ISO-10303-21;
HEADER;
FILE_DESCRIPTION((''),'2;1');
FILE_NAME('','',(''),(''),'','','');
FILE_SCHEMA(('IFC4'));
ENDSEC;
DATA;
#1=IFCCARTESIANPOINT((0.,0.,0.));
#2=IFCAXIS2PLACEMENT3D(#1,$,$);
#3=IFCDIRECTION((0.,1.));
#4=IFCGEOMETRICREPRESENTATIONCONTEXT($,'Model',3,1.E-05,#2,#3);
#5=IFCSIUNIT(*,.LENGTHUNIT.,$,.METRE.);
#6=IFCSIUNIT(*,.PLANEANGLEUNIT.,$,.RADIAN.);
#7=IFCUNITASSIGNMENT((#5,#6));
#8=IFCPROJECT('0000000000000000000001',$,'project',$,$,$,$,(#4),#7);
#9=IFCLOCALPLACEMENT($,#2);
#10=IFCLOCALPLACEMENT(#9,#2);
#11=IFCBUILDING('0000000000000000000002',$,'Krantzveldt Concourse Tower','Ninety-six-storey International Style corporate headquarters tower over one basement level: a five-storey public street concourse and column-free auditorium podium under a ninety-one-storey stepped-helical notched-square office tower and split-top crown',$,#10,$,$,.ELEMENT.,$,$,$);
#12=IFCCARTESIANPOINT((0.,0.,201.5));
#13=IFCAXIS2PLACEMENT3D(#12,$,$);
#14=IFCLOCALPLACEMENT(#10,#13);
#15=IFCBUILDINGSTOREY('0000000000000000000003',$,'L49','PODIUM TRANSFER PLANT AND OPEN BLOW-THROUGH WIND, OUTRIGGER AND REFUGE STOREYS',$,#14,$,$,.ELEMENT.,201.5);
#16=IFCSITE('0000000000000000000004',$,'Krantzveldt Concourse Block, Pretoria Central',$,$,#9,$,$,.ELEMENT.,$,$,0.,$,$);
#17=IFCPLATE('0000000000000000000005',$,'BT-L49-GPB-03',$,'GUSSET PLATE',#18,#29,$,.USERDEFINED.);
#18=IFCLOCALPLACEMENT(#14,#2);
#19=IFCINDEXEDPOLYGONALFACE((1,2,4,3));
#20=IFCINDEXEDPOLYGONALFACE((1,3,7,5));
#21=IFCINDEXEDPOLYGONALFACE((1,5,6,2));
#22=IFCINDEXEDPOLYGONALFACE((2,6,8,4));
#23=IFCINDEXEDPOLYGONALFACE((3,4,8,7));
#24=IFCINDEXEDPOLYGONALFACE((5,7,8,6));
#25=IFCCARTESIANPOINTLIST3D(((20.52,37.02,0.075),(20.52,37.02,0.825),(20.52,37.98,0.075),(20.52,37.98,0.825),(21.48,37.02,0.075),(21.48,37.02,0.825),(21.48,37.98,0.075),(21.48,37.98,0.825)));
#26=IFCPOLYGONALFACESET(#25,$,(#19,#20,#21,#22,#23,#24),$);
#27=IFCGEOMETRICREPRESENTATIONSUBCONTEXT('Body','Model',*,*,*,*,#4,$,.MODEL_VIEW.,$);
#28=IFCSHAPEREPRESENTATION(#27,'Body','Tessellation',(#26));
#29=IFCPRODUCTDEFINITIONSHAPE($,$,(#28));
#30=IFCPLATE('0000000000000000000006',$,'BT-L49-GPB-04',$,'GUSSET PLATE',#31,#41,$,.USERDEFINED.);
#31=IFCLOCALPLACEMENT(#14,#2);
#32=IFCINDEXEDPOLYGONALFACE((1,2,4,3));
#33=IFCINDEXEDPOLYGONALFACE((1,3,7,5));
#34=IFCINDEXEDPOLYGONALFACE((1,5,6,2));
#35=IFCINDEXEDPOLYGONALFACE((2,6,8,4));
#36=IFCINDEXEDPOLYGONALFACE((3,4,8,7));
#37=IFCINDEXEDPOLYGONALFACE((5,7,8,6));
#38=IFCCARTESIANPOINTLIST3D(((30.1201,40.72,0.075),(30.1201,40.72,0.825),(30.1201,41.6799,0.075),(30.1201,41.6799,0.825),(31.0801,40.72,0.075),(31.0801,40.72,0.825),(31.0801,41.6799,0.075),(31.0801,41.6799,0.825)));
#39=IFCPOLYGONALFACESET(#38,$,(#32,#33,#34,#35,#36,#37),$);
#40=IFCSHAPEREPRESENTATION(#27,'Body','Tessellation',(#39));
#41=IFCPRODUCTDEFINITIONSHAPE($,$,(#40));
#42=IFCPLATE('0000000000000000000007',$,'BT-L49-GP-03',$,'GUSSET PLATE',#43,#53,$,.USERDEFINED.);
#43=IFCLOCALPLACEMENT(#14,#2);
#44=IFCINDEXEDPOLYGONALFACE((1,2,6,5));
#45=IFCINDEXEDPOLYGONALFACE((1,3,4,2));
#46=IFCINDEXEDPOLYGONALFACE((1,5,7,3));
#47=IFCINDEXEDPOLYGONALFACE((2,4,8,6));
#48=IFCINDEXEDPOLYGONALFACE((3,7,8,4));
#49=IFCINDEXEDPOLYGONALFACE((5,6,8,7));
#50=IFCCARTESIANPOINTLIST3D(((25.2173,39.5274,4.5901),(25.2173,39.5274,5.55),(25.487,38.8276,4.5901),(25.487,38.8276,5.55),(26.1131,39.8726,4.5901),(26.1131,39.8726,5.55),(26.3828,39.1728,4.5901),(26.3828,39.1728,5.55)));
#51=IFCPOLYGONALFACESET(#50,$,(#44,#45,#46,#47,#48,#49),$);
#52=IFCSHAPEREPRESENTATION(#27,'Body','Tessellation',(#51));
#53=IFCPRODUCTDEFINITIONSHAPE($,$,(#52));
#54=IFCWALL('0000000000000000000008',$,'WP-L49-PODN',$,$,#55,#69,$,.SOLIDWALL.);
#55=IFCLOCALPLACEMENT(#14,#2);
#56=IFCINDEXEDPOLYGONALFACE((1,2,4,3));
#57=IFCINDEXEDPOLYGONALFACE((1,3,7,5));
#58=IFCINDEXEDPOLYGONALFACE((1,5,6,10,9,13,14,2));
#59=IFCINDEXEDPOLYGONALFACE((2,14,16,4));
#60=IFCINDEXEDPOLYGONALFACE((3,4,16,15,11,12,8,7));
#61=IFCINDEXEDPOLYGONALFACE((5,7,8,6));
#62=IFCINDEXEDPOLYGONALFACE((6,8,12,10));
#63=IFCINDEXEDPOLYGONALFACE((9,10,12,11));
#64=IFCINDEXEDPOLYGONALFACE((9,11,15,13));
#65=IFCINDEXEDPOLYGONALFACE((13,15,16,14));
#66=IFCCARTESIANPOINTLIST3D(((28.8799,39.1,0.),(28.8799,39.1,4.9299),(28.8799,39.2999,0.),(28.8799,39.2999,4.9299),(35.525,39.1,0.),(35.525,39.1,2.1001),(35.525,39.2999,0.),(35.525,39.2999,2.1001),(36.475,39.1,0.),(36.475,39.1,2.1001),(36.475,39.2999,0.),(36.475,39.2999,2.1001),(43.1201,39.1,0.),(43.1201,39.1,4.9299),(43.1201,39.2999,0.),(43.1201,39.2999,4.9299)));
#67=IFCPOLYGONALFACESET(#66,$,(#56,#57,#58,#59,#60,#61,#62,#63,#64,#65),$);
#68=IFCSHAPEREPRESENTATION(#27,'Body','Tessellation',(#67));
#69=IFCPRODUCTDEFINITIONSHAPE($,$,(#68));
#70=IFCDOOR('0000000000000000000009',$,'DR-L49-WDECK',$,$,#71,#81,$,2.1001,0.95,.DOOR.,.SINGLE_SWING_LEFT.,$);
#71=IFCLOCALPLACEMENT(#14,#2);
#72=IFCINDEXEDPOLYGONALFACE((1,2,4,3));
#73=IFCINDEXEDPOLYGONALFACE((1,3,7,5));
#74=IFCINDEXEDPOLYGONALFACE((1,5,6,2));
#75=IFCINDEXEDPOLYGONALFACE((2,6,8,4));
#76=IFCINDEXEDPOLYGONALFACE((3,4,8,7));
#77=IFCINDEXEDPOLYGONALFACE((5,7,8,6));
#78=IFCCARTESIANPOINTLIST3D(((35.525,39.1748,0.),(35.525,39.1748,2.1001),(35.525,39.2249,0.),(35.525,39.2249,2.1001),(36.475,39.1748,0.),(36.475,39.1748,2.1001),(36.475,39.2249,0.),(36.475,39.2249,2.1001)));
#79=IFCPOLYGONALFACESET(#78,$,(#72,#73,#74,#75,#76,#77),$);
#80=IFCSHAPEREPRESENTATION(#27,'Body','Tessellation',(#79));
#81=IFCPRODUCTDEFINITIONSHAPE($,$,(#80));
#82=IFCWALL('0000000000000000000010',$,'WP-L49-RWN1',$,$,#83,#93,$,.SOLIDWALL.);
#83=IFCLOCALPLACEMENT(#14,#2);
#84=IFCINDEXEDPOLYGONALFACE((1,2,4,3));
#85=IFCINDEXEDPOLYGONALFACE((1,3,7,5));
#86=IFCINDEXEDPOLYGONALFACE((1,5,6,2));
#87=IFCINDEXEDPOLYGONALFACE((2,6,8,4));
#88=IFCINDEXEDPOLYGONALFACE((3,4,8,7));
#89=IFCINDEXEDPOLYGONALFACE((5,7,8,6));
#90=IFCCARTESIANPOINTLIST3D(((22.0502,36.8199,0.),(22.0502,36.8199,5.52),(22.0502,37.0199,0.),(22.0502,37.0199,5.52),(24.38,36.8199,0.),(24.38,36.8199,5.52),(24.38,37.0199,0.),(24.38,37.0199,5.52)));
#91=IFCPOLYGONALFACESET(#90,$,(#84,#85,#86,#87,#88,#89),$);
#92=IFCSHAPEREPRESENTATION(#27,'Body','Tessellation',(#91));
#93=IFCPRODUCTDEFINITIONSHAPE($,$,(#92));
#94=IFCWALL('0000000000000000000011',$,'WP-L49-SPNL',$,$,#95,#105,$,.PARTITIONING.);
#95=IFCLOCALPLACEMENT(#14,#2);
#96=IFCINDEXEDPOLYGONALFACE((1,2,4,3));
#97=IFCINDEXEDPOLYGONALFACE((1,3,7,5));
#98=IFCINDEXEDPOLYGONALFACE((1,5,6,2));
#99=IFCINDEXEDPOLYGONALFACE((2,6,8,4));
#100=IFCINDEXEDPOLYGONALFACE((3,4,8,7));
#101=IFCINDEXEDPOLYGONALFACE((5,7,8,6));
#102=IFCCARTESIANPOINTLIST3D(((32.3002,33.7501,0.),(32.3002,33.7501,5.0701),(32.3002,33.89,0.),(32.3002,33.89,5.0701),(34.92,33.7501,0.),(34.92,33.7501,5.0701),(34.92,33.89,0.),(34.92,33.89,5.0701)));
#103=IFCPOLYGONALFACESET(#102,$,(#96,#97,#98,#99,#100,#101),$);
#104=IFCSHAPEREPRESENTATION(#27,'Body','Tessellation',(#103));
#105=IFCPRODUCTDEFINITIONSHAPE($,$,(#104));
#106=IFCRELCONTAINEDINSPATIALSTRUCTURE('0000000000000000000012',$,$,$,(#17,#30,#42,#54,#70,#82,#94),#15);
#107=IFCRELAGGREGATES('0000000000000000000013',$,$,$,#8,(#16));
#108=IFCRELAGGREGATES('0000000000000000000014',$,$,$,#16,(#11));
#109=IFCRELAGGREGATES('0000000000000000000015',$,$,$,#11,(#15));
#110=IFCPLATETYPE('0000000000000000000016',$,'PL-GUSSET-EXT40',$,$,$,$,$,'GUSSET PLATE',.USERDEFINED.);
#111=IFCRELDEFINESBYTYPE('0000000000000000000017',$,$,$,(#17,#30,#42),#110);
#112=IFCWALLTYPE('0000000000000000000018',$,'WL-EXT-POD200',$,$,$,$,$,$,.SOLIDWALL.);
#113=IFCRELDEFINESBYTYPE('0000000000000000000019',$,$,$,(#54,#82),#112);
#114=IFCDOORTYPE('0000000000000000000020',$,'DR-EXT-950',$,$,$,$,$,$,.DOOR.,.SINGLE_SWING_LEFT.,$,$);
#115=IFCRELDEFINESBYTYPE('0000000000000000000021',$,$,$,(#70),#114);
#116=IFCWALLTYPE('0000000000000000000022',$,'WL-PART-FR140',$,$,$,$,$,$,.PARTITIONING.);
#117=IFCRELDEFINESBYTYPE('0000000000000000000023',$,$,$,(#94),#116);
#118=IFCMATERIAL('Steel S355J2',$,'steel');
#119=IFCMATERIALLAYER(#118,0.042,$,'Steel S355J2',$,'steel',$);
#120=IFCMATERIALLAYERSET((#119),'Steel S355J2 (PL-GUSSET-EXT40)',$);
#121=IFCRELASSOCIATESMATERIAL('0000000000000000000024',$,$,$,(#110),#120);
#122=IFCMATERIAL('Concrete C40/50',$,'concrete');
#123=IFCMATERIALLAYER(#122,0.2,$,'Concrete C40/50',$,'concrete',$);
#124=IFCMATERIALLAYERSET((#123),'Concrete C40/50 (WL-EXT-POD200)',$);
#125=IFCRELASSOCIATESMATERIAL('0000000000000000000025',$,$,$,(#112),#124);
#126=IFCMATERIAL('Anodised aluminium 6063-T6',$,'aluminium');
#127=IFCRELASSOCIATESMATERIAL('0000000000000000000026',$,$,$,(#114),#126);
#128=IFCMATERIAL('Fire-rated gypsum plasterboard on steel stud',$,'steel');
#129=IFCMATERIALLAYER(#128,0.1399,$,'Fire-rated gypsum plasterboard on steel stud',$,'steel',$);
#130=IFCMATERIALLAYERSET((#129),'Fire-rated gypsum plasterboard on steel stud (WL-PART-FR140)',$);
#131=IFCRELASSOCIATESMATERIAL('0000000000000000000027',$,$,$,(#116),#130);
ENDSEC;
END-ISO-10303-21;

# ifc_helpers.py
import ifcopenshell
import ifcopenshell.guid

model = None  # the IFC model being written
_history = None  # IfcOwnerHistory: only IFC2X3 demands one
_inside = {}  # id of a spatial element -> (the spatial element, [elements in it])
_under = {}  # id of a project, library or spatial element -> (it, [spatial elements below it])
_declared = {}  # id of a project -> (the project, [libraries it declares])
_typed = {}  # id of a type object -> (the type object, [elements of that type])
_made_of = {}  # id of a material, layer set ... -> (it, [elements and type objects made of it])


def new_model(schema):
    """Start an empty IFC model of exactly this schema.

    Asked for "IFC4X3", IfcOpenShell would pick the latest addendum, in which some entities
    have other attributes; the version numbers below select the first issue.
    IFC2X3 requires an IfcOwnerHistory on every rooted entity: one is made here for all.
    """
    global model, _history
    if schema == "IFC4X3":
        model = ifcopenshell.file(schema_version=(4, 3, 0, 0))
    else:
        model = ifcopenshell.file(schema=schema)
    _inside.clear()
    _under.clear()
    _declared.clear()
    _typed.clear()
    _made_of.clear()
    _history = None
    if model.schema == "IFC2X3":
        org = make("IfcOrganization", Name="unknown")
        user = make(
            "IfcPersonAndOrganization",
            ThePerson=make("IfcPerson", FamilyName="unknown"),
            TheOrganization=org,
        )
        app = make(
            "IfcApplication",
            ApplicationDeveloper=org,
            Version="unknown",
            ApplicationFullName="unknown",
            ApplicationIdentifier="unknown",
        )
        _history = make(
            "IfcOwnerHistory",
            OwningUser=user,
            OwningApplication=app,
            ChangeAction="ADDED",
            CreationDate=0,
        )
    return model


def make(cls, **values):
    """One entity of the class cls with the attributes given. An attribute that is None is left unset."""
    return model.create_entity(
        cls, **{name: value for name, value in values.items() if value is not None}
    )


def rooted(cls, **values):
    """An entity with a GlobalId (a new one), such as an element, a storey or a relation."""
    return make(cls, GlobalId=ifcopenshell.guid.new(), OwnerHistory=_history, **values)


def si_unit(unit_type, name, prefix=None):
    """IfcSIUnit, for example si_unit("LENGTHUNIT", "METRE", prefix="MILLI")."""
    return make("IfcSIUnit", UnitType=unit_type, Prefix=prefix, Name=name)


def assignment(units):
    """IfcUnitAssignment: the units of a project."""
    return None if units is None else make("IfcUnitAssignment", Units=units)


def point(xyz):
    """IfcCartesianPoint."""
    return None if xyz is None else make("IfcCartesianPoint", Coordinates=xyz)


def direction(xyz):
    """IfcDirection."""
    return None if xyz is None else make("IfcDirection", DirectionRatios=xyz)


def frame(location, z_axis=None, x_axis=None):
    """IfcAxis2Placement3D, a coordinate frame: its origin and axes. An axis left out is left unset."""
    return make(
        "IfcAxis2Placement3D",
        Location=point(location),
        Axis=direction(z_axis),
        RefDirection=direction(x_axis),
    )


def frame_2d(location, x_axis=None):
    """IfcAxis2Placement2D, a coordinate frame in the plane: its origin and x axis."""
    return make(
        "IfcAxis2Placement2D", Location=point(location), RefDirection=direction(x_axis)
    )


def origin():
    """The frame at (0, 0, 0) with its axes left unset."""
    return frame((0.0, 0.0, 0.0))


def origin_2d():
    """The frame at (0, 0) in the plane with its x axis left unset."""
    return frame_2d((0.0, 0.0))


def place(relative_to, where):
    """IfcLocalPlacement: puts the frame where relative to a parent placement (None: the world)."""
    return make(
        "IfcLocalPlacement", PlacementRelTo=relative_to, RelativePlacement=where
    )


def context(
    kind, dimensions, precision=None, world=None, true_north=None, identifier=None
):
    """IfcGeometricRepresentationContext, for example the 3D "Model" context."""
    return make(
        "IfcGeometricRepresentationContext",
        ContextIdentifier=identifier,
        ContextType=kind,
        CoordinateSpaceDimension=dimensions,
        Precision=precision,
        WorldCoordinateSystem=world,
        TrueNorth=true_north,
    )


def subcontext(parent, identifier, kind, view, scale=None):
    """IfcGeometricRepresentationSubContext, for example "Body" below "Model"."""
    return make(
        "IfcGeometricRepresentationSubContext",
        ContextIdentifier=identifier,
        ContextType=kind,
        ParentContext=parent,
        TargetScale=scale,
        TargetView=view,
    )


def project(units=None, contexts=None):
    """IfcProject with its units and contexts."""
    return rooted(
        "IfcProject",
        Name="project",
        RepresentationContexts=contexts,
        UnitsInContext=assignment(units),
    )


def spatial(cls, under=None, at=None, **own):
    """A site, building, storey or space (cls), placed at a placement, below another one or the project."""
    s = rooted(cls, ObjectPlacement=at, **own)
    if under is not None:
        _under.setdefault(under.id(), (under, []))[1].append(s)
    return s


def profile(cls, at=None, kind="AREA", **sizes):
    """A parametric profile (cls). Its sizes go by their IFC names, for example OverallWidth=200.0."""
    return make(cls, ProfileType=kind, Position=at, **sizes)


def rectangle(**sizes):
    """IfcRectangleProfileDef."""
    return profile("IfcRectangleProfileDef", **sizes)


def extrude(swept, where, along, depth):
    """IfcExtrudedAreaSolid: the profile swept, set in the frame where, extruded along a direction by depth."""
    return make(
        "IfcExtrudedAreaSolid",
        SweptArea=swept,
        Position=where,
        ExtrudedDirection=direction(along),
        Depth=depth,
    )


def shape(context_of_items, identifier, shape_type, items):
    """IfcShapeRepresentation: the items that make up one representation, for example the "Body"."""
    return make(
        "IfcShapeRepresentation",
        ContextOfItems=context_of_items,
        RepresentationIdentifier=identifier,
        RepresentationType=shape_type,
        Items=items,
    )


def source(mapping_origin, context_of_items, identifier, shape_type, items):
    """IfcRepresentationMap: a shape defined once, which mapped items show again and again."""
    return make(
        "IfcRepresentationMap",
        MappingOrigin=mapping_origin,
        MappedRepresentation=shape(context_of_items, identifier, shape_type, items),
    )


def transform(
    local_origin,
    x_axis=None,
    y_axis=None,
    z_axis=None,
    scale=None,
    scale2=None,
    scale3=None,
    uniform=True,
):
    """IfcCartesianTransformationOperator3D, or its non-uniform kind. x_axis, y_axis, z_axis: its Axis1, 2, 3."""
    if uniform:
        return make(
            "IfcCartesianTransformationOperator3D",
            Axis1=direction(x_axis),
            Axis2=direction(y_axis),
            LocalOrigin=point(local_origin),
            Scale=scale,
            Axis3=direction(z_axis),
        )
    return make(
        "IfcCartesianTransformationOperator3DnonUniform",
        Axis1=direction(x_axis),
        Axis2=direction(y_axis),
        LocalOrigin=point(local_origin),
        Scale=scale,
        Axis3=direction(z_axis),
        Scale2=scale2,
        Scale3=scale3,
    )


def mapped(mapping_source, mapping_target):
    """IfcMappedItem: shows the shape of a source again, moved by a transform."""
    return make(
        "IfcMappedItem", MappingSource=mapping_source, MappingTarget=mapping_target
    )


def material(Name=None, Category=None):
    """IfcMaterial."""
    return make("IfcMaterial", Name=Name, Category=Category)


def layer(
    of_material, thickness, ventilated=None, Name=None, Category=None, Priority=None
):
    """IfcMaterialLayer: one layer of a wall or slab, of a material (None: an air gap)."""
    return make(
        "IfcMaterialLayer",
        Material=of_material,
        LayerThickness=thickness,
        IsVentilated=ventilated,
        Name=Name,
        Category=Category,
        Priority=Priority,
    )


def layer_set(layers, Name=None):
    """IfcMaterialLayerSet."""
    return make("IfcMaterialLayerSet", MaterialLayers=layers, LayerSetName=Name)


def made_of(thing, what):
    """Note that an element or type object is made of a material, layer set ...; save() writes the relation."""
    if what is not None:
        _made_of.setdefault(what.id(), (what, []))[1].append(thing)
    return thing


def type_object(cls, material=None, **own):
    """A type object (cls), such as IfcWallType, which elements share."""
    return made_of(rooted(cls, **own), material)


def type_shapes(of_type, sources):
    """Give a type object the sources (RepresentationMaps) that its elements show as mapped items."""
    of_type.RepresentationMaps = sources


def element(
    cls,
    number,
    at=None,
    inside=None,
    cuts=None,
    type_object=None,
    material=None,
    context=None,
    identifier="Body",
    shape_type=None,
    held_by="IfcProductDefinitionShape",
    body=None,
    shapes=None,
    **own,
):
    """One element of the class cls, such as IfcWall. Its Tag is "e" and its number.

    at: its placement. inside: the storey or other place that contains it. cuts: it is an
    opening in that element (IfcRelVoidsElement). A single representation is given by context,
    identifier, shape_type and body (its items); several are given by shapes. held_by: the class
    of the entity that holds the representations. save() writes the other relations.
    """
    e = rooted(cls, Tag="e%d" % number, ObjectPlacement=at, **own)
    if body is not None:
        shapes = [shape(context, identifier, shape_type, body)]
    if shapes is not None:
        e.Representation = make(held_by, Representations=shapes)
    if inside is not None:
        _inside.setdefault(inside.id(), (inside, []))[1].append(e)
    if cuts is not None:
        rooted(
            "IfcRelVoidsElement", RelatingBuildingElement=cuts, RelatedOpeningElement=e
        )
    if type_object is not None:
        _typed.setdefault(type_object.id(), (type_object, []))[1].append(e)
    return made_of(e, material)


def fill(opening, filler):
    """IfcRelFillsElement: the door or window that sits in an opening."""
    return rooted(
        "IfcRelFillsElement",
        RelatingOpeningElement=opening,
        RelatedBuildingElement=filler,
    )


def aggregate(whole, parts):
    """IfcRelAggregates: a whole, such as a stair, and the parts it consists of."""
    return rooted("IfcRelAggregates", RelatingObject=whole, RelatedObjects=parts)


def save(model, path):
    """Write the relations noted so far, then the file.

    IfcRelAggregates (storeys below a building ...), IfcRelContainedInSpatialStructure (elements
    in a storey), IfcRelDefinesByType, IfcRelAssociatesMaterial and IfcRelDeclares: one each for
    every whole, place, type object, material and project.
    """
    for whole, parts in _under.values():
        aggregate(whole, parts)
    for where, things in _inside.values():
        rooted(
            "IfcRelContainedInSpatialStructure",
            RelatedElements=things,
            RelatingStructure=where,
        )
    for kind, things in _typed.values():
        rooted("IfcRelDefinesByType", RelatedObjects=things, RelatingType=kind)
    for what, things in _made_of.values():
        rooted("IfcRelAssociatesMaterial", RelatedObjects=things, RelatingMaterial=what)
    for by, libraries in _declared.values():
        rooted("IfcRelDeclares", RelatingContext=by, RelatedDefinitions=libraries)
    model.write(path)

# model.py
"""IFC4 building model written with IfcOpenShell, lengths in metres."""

from ifc_helpers import new_model, si_unit, direction, frame, frame_2d, origin, origin_2d, place, context, subcontext, project, spatial, rectangle, extrude, source, transform, mapped, material, layer, layer_set, type_object, type_shapes, element, fill, save


model = new_model("IFC4")

# Units and contexts
model_context = context("Model", 3, precision=1e-05, world=origin(), true_north=direction((0.0, 1.0)))
body_context = subcontext(model_context, "Body", "Model", "MODEL_VIEW")
ifc_project = project(units=[si_unit("LENGTHUNIT", "METRE"), si_unit("PLANEANGLEUNIT", "RADIAN")], contexts=[model_context])

# Site, building, storey
site_placement = place(None, origin())
site = spatial("IfcSite", under=ifc_project, at=site_placement, Name="Krantzveldt Concourse Block, Pretoria Central", CompositionType="ELEMENT", RefElevation=0.0)
building_placement = place(site_placement, origin())
building = spatial("IfcBuilding", under=site, at=building_placement, Name="Krantzveldt Concourse Tower", Description="Ninety-six-storey International Style corporate headquarters tower over one basement level: a five-storey public street concourse and column-free auditorium podium under a ninety-one-storey stepped-helical notched-square office tower and split-top crown", CompositionType="ELEMENT")
storey_placement = place(building_placement, frame((0.0, 0.0, 201.5)))
storey = spatial("IfcBuildingStorey", under=building, at=storey_placement, Name="L49", Description="PODIUM TRANSFER PLANT AND OPEN BLOW-THROUGH WIND, OUTRIGGER AND REFUGE STOREYS", CompositionType="ELEMENT", Elevation=201.5)

# Shared definitions
ifc_material_1 = material(Name="Steel S355J2", Category="steel")

# Plates
ifc_layer_1 = layer(ifc_material_1, 0.042, Name="Steel S355J2", Category="steel")
ifc_layer_set_1 = layer_set([ifc_layer_1], Name="Steel S355J2 (PL-GUSSET-EXT40)")
plate_type_1 = type_object("IfcPlateType", Name="PL-GUSSET-EXT40", ElementType="GUSSET PLATE", PredefinedType="USERDEFINED", material=ifc_layer_set_1)
shared_shape_1 = source(origin(), body_context, "Body", "SweptSolid", [
    extrude(rectangle(XDim=0.96, YDim=0.96, at=origin_2d()), origin(), (0.0, 0.0, 1.0), 0.75),
])
for number, where, z_axis, x_axis, name in (
    (1, (21.0, 37.5, 0.075), (0.0, 0.0, 1.0), (1.0, 0.0, 0.0), "BT-L49-GPB-03"),
    (2, (30.6001, 41.2, 0.075), (0.0, 0.0, 1.0), (1.0, 0.0, 0.0), "BT-L49-GPB-04"),
):
    element("IfcPlate", number, at=place(storey_placement, frame(where, z_axis=z_axis, x_axis=x_axis)), inside=storey, type_object=plate_type_1, Name=name, ObjectType="GUSSET PLATE", PredefinedType="USERDEFINED", context=body_context, shape_type="MappedRepresentation", body=[
        mapped(shared_shape_1, transform((0.0, 0.0, 0.0), x_axis=(1.0, 0.0, 0.0), y_axis=(0.0, 1.0, 0.0), z_axis=(0.0, 0.0, 1.0), scale=1.0)),
    ])
shared_shape_2 = source(origin(), body_context, "Body", "SweptSolid", [
    extrude(rectangle(XDim=0.96, YDim=0.75, at=origin_2d()), origin(), (0.0, 0.0, 1.0), 0.96),
])
type_shapes(plate_type_1, [shared_shape_1, shared_shape_2])
plate_1_placement = place(storey_placement, frame((25.8, 39.3501, 4.5901), z_axis=(0.0, 0.0, 1.0), x_axis=(0.933098, 0.359622, 0.0)))
element("IfcPlate", 3, at=plate_1_placement, inside=storey, type_object=plate_type_1, Name="BT-L49-GP-03", ObjectType="GUSSET PLATE", PredefinedType="USERDEFINED", context=body_context, shape_type="MappedRepresentation", body=[
    mapped(shared_shape_2, transform((0.0, 0.0, 0.0), x_axis=(1.0, 0.0, 0.0), y_axis=(0.0, 1.0, 0.0), z_axis=(0.0, 0.0, 1.0), scale=1.0)),
])

# Wall, opening, door
ifc_material_2 = material(Name="Concrete C40/50", Category="concrete")
ifc_layer_2 = layer(ifc_material_2, 0.2, Name="Concrete C40/50", Category="concrete")
ifc_layer_set_2 = layer_set([ifc_layer_2], Name="Concrete C40/50 (WL-EXT-POD200)")
wall_type_1 = type_object("IfcWallType", Name="WL-EXT-POD200", PredefinedType="SOLIDWALL", material=ifc_layer_set_2)
wall_1_placement = place(storey_placement, frame((28.8799, 39.2, 0.0), z_axis=(0.0, 0.0, 1.0), x_axis=(1.0, 0.0, 0.0)))
wall_1 = element("IfcWall", 4, at=wall_1_placement, inside=storey, type_object=wall_type_1, Name="WP-L49-PODN", PredefinedType="SOLIDWALL", context=body_context, shape_type="SweptSolid", body=[
    extrude(rectangle(XDim=14.2402, YDim=0.2, at=frame_2d((7.1201, 0.0))), origin(), (0.0, 0.0, 1.0), 4.9299),
])
opening_placement = place(wall_1_placement, frame((6.645, 0.0, 0.0)))
opening = element("IfcOpeningElement", 5, at=opening_placement, cuts=wall_1, PredefinedType="OPENING", context=body_context, shape_type="SweptSolid", body=[
    extrude(rectangle(XDim=0.95, YDim=2.1001, at=frame_2d((0.4751, 1.05))), frame((0.0, 0.1099, 0.0), z_axis=(0.0, -1.0, 0.0), x_axis=(1.0, 0.0, 0.0)), (0.0, 0.0, 1.0), 0.22),
])
ifc_material_3 = material(Name="Anodised aluminium 6063-T6", Category="aluminium")
door_type = type_object("IfcDoorType", Name="DR-EXT-950", OperationType="SINGLE_SWING_LEFT", PredefinedType="DOOR", material=ifc_material_3)
door_placement = place(opening_placement, origin())
door = element("IfcDoor", 6, at=door_placement, inside=storey, type_object=door_type, Name="DR-L49-WDECK", OperationType="SINGLE_SWING_LEFT", OverallHeight=2.1001, OverallWidth=0.95, PredefinedType="DOOR", context=body_context, shape_type="SweptSolid", body=[
    extrude(rectangle(XDim=0.95, YDim=2.1001, at=frame_2d((0.4751, 1.05))), frame((0.0, 0.0249, 0.0), z_axis=(0.0, -1.0, 0.0), x_axis=(1.0, 0.0, 0.0)), (0.0, 0.0, 1.0), 0.05),
])
fill(opening, door)

# Walls
wall_2_placement = place(storey_placement, frame((22.05, 36.9199, 0.0), z_axis=(0.0, 0.0, 1.0), x_axis=(1.0, 0.0, 0.0)))
element("IfcWall", 7, at=wall_2_placement, inside=storey, type_object=wall_type_1, Name="WP-L49-RWN1", PredefinedType="SOLIDWALL", context=body_context, shape_type="SweptSolid", body=[
    extrude(rectangle(XDim=2.3298, YDim=0.2, at=frame_2d((1.165, 0.0))), origin(), (0.0, 0.0, 1.0), 5.52),
])
ifc_material_4 = material(Name="Fire-rated gypsum plasterboard on steel stud", Category="steel")
ifc_layer_3 = layer(ifc_material_4, 0.1399, Name="Fire-rated gypsum plasterboard on steel stud", Category="steel")
ifc_layer_set_3 = layer_set([ifc_layer_3], Name="Fire-rated gypsum plasterboard on steel stud (WL-PART-FR140)")
wall_type_2 = type_object("IfcWallType", Name="WL-PART-FR140", PredefinedType="PARTITIONING", material=ifc_layer_set_3)
wall_3_placement = place(storey_placement, frame((32.3, 33.8201, 0.0), z_axis=(0.0, 0.0, 1.0), x_axis=(1.0, 0.0, 0.0)))
element("IfcWall", 8, at=wall_3_placement, inside=storey, type_object=wall_type_2, Name="WP-L49-SPNL", PredefinedType="PARTITIONING", context=body_context, shape_type="SweptSolid", body=[
    extrude(rectangle(XDim=2.6199, YDim=0.1399, at=frame_2d((1.3101, 0.0))), origin(), (0.0, 0.0, 1.0), 5.0701),
])

save(model, "model.ifc")
